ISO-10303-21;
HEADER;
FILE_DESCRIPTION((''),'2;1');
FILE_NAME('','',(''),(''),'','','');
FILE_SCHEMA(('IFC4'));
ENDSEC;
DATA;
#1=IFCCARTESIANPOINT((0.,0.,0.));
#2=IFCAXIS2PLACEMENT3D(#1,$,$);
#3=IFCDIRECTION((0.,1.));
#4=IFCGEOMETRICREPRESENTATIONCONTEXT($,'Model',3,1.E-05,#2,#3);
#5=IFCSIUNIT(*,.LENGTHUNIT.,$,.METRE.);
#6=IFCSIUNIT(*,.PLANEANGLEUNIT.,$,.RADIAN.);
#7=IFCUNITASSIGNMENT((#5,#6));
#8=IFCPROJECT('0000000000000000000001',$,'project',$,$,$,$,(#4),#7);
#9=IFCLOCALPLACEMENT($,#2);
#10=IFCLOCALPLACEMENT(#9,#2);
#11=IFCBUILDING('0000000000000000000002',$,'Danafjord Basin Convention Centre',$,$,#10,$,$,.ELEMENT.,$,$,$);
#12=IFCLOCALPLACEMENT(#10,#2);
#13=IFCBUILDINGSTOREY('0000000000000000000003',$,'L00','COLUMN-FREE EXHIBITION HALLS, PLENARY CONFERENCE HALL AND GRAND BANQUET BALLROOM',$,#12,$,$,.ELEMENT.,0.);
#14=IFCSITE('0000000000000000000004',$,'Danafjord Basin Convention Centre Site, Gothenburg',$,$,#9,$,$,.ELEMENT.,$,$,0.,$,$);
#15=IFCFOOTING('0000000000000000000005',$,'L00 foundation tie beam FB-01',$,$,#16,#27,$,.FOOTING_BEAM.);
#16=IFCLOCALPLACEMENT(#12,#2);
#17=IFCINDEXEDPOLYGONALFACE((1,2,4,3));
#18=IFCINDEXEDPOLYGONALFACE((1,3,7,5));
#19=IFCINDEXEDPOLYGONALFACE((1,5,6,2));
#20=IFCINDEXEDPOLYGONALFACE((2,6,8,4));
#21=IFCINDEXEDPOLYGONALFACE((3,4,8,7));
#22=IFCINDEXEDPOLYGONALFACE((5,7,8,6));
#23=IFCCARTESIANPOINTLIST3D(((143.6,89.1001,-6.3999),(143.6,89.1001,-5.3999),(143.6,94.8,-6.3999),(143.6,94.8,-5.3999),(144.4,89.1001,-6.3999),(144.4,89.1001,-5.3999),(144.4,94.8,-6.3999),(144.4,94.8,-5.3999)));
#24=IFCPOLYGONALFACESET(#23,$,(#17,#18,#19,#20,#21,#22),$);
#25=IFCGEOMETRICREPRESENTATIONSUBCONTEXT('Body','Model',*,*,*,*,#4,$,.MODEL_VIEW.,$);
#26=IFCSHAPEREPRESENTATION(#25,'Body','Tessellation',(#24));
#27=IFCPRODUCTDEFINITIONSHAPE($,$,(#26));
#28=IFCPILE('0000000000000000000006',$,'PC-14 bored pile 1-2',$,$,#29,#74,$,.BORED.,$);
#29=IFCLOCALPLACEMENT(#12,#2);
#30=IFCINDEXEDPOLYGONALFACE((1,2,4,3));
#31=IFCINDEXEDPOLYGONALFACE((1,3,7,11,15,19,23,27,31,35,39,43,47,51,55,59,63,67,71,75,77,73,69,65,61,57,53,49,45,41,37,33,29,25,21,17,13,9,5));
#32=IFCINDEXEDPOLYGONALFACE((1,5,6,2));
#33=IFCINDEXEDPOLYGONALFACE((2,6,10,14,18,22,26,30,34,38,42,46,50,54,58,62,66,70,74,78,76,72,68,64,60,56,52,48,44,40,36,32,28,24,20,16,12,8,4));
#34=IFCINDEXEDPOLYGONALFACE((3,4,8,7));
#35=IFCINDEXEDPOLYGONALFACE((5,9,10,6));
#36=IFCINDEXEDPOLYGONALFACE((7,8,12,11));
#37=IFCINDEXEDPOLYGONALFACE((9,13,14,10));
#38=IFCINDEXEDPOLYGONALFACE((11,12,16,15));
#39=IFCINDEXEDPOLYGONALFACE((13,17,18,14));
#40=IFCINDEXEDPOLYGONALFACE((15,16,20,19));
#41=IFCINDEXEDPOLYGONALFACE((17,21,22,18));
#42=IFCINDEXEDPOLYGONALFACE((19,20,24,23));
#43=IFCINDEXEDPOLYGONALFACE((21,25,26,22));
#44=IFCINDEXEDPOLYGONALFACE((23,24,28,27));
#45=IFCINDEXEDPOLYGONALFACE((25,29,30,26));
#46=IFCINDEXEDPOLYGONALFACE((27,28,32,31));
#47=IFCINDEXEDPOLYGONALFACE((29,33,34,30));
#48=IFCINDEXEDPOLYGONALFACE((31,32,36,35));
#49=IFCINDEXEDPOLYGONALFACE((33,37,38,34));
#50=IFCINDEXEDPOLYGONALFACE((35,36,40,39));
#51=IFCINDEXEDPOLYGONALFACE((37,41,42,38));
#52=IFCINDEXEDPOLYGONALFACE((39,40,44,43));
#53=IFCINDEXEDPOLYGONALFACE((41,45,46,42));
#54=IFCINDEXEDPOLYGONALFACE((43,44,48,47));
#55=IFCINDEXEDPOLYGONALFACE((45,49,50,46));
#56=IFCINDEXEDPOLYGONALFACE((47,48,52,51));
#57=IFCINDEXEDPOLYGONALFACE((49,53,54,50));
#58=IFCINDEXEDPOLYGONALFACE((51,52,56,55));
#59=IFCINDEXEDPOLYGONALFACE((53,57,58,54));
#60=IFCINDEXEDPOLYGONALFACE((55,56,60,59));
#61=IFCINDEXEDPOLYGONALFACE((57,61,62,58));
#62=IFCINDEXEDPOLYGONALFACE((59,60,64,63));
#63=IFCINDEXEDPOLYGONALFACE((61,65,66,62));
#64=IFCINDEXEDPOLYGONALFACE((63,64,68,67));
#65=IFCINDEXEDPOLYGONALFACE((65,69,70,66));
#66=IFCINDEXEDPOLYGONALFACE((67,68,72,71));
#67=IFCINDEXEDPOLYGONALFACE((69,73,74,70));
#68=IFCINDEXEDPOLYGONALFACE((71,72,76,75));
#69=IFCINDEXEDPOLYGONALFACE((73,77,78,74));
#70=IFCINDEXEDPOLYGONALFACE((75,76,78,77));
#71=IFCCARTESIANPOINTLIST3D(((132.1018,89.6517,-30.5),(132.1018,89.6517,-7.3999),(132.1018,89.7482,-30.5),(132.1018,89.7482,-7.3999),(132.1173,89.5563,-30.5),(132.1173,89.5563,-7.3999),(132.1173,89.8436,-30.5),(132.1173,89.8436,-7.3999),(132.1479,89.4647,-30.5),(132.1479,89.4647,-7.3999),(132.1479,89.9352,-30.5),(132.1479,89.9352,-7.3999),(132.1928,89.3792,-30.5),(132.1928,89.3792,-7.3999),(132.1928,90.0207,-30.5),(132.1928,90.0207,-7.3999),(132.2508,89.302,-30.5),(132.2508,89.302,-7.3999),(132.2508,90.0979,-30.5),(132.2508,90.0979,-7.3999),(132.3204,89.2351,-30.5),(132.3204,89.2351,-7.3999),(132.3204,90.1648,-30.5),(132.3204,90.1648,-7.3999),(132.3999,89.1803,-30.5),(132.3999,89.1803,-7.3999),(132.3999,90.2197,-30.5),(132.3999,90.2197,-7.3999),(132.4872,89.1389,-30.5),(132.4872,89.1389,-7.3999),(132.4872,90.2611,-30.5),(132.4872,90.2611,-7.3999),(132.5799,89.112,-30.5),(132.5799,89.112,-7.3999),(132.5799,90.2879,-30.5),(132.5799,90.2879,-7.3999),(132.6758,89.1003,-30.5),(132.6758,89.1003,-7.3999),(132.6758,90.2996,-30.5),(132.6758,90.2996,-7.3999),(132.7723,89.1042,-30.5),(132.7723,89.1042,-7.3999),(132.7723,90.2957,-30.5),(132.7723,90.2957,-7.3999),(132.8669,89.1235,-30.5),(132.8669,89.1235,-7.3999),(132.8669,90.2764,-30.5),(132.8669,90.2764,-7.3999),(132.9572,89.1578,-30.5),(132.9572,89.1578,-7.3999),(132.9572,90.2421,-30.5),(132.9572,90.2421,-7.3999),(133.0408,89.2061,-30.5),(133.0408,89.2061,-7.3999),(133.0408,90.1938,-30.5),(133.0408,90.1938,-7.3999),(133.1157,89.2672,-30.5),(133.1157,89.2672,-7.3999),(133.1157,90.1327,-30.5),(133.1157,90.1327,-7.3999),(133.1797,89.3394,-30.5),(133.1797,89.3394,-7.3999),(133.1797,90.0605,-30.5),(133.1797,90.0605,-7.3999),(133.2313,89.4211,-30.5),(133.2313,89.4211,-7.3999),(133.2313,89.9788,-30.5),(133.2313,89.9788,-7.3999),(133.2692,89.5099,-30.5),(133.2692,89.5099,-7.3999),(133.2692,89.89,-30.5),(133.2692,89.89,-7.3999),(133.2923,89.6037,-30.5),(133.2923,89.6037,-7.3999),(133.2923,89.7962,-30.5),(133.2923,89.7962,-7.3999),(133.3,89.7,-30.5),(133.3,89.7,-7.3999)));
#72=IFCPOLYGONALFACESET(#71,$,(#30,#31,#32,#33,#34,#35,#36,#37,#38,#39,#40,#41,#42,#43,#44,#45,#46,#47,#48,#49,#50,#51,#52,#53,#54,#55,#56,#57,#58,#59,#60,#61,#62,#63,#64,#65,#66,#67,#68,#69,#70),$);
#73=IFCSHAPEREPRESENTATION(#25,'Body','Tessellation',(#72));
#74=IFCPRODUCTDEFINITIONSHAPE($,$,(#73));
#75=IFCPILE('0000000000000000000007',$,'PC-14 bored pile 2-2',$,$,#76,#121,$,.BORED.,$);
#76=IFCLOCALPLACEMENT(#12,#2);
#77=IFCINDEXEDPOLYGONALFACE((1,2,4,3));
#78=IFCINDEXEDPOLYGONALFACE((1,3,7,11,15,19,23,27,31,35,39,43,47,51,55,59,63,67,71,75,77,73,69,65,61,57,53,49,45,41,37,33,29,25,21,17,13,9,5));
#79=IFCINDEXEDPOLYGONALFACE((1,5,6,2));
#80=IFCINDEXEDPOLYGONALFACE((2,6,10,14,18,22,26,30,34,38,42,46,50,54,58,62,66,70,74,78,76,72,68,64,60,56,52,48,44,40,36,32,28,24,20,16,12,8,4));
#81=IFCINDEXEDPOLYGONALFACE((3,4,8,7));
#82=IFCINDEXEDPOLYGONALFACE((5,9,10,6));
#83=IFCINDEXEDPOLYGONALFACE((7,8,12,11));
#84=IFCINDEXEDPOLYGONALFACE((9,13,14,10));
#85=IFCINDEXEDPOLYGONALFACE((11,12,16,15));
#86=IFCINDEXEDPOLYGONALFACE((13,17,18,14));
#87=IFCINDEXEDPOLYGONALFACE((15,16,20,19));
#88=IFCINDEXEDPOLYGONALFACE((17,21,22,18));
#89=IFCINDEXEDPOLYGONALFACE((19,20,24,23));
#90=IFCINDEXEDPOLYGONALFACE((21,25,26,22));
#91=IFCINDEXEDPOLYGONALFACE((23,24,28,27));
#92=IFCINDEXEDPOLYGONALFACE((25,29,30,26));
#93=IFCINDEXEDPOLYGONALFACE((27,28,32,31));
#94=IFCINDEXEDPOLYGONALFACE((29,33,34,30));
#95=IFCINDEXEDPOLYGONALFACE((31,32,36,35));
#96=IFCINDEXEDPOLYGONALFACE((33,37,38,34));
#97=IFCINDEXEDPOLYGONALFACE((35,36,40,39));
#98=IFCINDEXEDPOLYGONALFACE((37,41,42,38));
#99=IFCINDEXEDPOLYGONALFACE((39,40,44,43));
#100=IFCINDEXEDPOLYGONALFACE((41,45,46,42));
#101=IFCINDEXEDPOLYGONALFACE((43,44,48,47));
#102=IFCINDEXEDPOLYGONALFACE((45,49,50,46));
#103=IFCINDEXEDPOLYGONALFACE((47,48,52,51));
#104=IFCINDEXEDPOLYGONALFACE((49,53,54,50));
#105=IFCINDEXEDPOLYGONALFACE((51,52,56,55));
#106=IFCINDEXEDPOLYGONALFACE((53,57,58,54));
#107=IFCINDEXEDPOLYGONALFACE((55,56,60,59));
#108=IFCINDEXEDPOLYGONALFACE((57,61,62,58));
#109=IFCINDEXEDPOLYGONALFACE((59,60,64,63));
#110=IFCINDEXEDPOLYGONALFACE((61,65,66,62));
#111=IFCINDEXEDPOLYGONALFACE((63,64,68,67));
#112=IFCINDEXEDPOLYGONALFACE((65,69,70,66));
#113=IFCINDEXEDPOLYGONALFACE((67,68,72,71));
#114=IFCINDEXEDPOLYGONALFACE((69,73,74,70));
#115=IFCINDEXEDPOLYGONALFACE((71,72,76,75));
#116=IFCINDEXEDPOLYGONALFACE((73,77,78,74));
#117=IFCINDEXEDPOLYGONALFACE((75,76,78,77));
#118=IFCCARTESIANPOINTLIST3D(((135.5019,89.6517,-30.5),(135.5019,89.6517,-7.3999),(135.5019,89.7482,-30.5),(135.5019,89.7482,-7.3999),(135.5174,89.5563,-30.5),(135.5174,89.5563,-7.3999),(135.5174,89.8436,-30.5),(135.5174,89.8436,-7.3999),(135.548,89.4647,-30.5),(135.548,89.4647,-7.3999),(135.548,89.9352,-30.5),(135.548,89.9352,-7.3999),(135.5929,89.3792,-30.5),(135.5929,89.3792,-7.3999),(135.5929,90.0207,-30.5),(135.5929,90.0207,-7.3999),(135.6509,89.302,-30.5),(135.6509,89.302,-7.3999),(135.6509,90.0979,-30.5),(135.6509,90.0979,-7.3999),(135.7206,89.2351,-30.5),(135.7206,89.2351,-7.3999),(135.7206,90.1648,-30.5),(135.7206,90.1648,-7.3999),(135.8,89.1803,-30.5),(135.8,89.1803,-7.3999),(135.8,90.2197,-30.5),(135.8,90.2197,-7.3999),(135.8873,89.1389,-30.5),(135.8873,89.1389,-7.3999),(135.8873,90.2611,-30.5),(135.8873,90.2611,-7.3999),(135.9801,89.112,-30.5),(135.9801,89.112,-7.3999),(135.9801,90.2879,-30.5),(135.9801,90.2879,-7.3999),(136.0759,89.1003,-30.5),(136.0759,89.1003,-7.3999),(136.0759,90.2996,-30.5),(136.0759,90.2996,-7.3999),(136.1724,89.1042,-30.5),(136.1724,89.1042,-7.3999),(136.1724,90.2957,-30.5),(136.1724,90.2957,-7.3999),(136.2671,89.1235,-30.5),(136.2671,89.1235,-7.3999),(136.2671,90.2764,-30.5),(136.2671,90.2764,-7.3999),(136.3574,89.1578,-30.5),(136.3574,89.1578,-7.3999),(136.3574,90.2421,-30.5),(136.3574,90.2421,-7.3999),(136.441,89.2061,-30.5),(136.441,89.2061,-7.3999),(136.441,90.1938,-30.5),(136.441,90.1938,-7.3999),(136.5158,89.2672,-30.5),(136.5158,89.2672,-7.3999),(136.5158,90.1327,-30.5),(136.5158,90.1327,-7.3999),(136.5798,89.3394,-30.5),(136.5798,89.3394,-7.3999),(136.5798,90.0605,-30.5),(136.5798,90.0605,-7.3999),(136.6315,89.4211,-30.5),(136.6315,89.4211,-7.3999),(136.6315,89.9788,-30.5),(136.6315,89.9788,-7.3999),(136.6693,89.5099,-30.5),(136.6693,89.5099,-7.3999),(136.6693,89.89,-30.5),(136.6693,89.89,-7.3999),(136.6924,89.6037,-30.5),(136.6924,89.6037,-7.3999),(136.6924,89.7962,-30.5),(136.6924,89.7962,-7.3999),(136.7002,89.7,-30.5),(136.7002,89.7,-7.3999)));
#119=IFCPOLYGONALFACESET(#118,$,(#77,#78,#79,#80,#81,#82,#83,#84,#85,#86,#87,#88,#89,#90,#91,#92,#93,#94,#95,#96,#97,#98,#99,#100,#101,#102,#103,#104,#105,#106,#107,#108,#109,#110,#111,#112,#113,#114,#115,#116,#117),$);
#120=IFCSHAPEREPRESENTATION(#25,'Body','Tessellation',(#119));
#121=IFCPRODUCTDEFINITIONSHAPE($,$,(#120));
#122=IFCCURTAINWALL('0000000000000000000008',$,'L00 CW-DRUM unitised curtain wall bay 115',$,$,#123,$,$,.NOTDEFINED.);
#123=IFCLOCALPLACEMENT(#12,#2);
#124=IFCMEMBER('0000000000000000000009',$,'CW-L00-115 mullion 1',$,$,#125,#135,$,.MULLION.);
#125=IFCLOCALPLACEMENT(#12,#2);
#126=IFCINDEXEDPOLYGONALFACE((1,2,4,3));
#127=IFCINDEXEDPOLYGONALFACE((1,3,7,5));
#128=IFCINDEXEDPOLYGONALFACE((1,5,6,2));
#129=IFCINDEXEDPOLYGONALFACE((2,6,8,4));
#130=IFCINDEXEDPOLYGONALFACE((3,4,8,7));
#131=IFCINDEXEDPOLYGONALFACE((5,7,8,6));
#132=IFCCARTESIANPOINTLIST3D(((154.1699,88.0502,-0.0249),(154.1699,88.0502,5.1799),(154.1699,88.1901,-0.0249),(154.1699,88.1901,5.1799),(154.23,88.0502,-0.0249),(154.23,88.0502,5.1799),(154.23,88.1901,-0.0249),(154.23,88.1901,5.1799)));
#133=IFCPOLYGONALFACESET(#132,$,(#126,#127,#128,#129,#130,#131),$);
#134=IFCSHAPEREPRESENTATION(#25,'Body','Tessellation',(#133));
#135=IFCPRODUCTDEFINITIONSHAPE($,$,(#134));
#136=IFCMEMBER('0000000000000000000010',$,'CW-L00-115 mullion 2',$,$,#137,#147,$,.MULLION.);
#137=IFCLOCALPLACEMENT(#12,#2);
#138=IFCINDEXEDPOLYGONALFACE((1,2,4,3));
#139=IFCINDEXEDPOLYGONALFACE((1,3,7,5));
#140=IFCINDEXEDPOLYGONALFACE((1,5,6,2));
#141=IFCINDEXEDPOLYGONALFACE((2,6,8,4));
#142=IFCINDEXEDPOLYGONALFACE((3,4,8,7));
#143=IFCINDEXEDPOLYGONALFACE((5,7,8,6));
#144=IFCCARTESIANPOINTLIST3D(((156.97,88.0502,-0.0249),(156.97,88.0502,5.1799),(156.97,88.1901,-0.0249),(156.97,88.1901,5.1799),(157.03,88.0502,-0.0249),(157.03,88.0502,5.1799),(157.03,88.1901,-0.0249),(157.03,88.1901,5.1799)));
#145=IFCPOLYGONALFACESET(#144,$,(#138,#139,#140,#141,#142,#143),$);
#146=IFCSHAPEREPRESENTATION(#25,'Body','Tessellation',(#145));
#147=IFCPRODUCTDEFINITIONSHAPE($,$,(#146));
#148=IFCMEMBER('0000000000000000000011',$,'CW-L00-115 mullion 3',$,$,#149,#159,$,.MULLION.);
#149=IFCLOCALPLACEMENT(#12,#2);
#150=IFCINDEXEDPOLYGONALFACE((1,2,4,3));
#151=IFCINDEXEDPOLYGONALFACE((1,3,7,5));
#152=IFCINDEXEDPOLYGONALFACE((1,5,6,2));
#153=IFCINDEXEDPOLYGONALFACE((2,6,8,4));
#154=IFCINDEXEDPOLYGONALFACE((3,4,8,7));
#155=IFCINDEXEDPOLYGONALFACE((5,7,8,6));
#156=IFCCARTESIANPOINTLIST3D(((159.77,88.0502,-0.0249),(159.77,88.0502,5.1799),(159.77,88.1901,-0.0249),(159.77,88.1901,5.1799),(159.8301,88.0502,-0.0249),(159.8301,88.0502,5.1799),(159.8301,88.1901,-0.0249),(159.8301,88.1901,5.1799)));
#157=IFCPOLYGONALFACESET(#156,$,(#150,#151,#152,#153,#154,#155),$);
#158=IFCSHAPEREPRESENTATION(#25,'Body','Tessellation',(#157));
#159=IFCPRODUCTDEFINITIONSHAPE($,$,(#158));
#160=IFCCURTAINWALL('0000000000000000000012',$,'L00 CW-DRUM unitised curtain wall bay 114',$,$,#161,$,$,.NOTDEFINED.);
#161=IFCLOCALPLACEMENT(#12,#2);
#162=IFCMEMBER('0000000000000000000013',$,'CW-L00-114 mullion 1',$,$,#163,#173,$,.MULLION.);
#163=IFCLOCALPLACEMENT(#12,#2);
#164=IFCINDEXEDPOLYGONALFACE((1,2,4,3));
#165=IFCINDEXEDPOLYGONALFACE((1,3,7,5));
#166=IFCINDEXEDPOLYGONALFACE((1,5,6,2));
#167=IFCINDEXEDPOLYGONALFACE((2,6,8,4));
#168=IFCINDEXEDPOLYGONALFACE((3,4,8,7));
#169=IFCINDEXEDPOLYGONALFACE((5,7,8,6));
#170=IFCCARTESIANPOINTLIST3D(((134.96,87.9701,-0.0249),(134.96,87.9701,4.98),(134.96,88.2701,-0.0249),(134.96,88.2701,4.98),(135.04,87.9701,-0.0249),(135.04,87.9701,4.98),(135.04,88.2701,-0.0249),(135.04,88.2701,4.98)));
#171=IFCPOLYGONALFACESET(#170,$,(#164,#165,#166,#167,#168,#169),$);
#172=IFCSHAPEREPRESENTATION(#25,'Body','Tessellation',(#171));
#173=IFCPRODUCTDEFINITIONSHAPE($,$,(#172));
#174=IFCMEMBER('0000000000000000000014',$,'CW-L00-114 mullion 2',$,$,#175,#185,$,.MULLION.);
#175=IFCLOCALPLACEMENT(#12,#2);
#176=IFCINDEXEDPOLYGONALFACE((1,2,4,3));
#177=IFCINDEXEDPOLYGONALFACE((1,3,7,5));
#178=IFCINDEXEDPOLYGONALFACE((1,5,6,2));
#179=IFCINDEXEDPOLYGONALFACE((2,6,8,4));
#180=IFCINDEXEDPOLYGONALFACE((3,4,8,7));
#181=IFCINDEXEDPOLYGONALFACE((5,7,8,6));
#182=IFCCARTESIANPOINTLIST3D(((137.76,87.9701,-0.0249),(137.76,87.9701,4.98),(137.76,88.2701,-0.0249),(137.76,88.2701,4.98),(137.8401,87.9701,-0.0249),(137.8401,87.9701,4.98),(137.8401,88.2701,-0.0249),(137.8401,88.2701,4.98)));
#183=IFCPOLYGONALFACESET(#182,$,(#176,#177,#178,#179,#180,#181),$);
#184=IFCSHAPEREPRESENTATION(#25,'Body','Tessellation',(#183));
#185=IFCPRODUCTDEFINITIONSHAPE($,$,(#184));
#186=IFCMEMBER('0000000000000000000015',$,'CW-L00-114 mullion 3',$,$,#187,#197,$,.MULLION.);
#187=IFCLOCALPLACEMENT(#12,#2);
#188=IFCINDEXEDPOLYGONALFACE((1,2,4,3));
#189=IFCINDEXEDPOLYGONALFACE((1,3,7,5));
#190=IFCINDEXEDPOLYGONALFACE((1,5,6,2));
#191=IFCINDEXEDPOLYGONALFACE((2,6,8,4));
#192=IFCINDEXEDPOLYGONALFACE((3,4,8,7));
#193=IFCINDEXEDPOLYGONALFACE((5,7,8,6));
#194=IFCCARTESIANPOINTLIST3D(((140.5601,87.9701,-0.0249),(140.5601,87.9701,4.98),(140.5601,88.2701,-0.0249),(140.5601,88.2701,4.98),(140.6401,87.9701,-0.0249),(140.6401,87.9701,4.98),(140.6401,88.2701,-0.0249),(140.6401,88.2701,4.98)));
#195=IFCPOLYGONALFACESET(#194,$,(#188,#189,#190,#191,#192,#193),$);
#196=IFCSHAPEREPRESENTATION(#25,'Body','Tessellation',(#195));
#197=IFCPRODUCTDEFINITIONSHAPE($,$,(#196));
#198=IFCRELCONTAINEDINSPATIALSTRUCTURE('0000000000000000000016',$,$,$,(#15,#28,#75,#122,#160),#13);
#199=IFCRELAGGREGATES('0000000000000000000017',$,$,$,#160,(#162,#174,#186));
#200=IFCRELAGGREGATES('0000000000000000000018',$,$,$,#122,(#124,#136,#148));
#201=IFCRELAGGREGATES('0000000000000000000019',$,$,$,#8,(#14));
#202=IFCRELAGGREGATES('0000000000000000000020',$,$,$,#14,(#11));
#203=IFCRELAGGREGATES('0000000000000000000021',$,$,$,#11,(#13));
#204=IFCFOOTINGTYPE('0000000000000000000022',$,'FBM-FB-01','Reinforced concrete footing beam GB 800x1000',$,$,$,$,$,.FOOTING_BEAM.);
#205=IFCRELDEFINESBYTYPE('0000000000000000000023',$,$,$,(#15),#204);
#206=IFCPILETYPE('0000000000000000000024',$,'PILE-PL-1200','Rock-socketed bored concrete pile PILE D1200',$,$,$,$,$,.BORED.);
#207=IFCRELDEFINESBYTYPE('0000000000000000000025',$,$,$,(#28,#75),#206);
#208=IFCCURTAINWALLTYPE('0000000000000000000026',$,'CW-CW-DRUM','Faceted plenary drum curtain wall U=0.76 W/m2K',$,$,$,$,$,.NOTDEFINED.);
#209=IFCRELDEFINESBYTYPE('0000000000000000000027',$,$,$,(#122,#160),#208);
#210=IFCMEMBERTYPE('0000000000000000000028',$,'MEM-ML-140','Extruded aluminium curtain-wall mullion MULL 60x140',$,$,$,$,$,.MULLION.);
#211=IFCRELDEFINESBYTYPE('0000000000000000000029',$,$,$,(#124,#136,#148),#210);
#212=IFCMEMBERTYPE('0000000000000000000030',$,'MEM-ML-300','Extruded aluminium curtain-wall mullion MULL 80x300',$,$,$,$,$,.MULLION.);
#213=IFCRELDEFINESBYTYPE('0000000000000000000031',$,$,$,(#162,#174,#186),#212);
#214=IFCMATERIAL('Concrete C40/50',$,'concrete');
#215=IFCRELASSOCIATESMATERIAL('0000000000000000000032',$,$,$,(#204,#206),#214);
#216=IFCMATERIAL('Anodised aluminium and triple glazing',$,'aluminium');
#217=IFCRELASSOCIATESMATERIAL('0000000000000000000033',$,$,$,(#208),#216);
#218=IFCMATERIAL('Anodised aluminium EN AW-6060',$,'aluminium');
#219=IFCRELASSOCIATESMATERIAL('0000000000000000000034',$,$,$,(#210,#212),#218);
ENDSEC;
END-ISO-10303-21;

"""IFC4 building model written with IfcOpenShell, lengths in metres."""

from ifc_helpers import new_model, si_unit, direction, frame, origin, origin_2d, place, context, subcontext, project, spatial, rectangle, circle, extrude, material, material_profile, profile_set, type_object, element, aggregate, save


model = new_model("IFC4")

# Units and contexts
model_context = context("Model", 3, precision=1e-05, world=origin(), true_north=direction((0.0, 1.0)))
body_context = subcontext(model_context, "Body", "Model", "MODEL_VIEW")
ifc_project = project(units=[si_unit("LENGTHUNIT", "METRE"), si_unit("PLANEANGLEUNIT", "RADIAN")], contexts=[model_context])

# Site, building, storey
site_placement = place(None, origin())
site = spatial("IfcSite", under=ifc_project, at=site_placement, Name="Danafjord Basin Convention Centre Site, Gothenburg", CompositionType="ELEMENT", RefElevation=0.0)
building_placement = place(site_placement, origin())
building = spatial("IfcBuilding", under=site, at=building_placement, Name="Danafjord Basin Convention Centre", CompositionType="ELEMENT")
storey_placement = place(building_placement, origin())
storey = spatial("IfcBuildingStorey", under=building, at=storey_placement, Name="L00", Description="COLUMN-FREE EXHIBITION HALLS, PLENARY CONFERENCE HALL AND GRAND BANQUET BALLROOM", CompositionType="ELEMENT", Elevation=0.0)

# Footing
ifc_material_1 = material(Name="Concrete C40/50", Category="concrete")
ifc_material_profile_1 = material_profile(ifc_material_1, rectangle(XDim=0.8, YDim=1.0, at=origin_2d()), Name="GB 800x1000")
ifc_profile_set_1 = profile_set([ifc_material_profile_1], Name="Concrete C40/50")
footing_type = type_object("IfcFootingType", Name="FBM-FB-01", Description="Reinforced concrete footing beam GB 800x1000", PredefinedType="FOOTING_BEAM", material=ifc_profile_set_1)
footing_placement = place(storey_placement, frame((144.0, 89.1001, -5.8999), z_axis=(0.0, 1.0, 0.0), x_axis=(-1.0, 0.0, 0.0)))
element("IfcFooting", 1, at=footing_placement, inside=storey, type_object=footing_type, Name="L00 foundation tie beam FB-01", PredefinedType="FOOTING_BEAM", context=body_context, shape_type="SweptSolid", body=[
    extrude(rectangle(XDim=0.8, YDim=1.0, at=origin_2d()), origin(), (0.0, 0.0, 1.0), 5.7),
])

# Piles
ifc_material_profile_2 = material_profile(ifc_material_1, circle(Radius=0.6001, at=origin_2d()), Name="PILE D1200")
ifc_profile_set_2 = profile_set([ifc_material_profile_2], Name="Concrete C40/50")
pile_type = type_object("IfcPileType", Name="PILE-PL-1200", Description="Rock-socketed bored concrete pile PILE D1200", PredefinedType="BORED", material=ifc_profile_set_2)
for number, where, z_axis, x_axis, name in (
    (2, (132.7, 89.7, -7.3999), (0.0, 0.0, -1.0), (1.0, 0.0, 0.0), "PC-14 bored pile 1-2"),
    (3, (136.1001, 89.7, -7.3999), (0.0, 0.0, -1.0), (1.0, 0.0, 0.0), "PC-14 bored pile 2-2"),
):
    element("IfcPile", number, at=place(storey_placement, frame(where, z_axis=z_axis, x_axis=x_axis)), inside=storey, type_object=pile_type, Name=name, PredefinedType="BORED", context=body_context, shape_type="SweptSolid", body=[
        extrude(circle(Radius=0.6001, at=origin_2d()), origin(), (0.0, 0.0, 1.0), 23.1001),
    ])

# Curtain walls, members
ifc_material_2 = material(Name="Anodised aluminium and triple glazing", Category="aluminium")
curtain_wall_type = type_object("IfcCurtainWallType", Name="CW-CW-DRUM", Description="Faceted plenary drum curtain wall U=0.76 W/m2K", PredefinedType="NOTDEFINED", material=ifc_material_2)
curtain_wall_1_placement = place(storey_placement, origin())
curtain_wall_1 = element("IfcCurtainWall", 4, at=curtain_wall_1_placement, inside=storey, type_object=curtain_wall_type, Name="L00 CW-DRUM unitised curtain wall bay 115", PredefinedType="NOTDEFINED")
ifc_material_3 = material(Name="Anodised aluminium EN AW-6060", Category="aluminium")
ifc_material_profile_3 = material_profile(ifc_material_3, rectangle(XDim=0.0601, YDim=0.1399, at=origin_2d()), Name="MULL 60x140")
ifc_profile_set_3 = profile_set([ifc_material_profile_3], Name="Anodised aluminium EN AW-6060")
member_type_1 = type_object("IfcMemberType", Name="MEM-ML-140", Description="Extruded aluminium curtain-wall mullion MULL 60x140", PredefinedType="MULLION", material=ifc_profile_set_3)
member_1_placement = place(storey_placement, frame((154.2, 88.1201, -0.0249), z_axis=(0.0, 0.0, 1.0), x_axis=(1.0, 0.0, 0.0)))
member_1 = element("IfcMember", 5, at=member_1_placement, type_object=member_type_1, Name="CW-L00-115 mullion 1", PredefinedType="MULLION", context=body_context, shape_type="SweptSolid", body=[
    extrude(rectangle(XDim=0.0601, YDim=0.1399, at=origin_2d()), origin(), (0.0, 0.0, 1.0), 5.2048),
])
member_2_placement = place(storey_placement, frame((157.0, 88.1201, -0.0249), z_axis=(0.0, 0.0, 1.0), x_axis=(1.0, 0.0, 0.0)))
member_2 = element("IfcMember", 6, at=member_2_placement, type_object=member_type_1, Name="CW-L00-115 mullion 2", PredefinedType="MULLION", context=body_context, shape_type="SweptSolid", body=[
    extrude(rectangle(XDim=0.0601, YDim=0.1399, at=origin_2d()), origin(), (0.0, 0.0, 1.0), 5.2048),
])
member_3_placement = place(storey_placement, frame((159.8, 88.1201, -0.0249), z_axis=(0.0, 0.0, 1.0), x_axis=(1.0, 0.0, 0.0)))
member_3 = element("IfcMember", 7, at=member_3_placement, type_object=member_type_1, Name="CW-L00-115 mullion 3", PredefinedType="MULLION", context=body_context, shape_type="SweptSolid", body=[
    extrude(rectangle(XDim=0.0601, YDim=0.1399, at=origin_2d()), origin(), (0.0, 0.0, 1.0), 5.2048),
])
curtain_wall_2_placement = place(storey_placement, origin())
curtain_wall_2 = element("IfcCurtainWall", 8, at=curtain_wall_2_placement, inside=storey, type_object=curtain_wall_type, Name="L00 CW-DRUM unitised curtain wall bay 114", PredefinedType="NOTDEFINED")
ifc_material_profile_4 = material_profile(ifc_material_3, rectangle(XDim=0.0801, YDim=0.3, at=origin_2d()), Name="MULL 80x300")
ifc_profile_set_4 = profile_set([ifc_material_profile_4], Name="Anodised aluminium EN AW-6060")
member_type_2 = type_object("IfcMemberType", Name="MEM-ML-300", Description="Extruded aluminium curtain-wall mullion MULL 80x300", PredefinedType="MULLION", material=ifc_profile_set_4)
member_4_placement = place(storey_placement, frame((135.0, 88.1201, -0.0249), z_axis=(0.0, 0.0, 1.0), x_axis=(1.0, 0.0, 0.0)))
member_4 = element("IfcMember", 9, at=member_4_placement, type_object=member_type_2, Name="CW-L00-114 mullion 1", PredefinedType="MULLION", context=body_context, shape_type="SweptSolid", body=[
    extrude(rectangle(XDim=0.0801, YDim=0.3, at=origin_2d()), origin(), (0.0, 0.0, 1.0), 5.0049),
])
member_5_placement = place(storey_placement, frame((137.8, 88.1201, -0.0249), z_axis=(0.0, 0.0, 1.0), x_axis=(1.0, 0.0, 0.0)))
member_5 = element("IfcMember", 10, at=member_5_placement, type_object=member_type_2, Name="CW-L00-114 mullion 2", PredefinedType="MULLION", context=body_context, shape_type="SweptSolid", body=[
    extrude(rectangle(XDim=0.0801, YDim=0.3, at=origin_2d()), origin(), (0.0, 0.0, 1.0), 5.0049),
])
member_6_placement = place(storey_placement, frame((140.6001, 88.1201, -0.0249), z_axis=(0.0, 0.0, 1.0), x_axis=(1.0, 0.0, 0.0)))
member_6 = element("IfcMember", 11, at=member_6_placement, type_object=member_type_2, Name="CW-L00-114 mullion 3", PredefinedType="MULLION", context=body_context, shape_type="SweptSolid", body=[
    extrude(rectangle(XDim=0.0801, YDim=0.3, at=origin_2d()), origin(), (0.0, 0.0, 1.0), 5.0049),
])

aggregate(curtain_wall_2, [member_4, member_5, member_6])
aggregate(curtain_wall_1, [member_1, member_2, member_3])

save(model, "model.ifc")
